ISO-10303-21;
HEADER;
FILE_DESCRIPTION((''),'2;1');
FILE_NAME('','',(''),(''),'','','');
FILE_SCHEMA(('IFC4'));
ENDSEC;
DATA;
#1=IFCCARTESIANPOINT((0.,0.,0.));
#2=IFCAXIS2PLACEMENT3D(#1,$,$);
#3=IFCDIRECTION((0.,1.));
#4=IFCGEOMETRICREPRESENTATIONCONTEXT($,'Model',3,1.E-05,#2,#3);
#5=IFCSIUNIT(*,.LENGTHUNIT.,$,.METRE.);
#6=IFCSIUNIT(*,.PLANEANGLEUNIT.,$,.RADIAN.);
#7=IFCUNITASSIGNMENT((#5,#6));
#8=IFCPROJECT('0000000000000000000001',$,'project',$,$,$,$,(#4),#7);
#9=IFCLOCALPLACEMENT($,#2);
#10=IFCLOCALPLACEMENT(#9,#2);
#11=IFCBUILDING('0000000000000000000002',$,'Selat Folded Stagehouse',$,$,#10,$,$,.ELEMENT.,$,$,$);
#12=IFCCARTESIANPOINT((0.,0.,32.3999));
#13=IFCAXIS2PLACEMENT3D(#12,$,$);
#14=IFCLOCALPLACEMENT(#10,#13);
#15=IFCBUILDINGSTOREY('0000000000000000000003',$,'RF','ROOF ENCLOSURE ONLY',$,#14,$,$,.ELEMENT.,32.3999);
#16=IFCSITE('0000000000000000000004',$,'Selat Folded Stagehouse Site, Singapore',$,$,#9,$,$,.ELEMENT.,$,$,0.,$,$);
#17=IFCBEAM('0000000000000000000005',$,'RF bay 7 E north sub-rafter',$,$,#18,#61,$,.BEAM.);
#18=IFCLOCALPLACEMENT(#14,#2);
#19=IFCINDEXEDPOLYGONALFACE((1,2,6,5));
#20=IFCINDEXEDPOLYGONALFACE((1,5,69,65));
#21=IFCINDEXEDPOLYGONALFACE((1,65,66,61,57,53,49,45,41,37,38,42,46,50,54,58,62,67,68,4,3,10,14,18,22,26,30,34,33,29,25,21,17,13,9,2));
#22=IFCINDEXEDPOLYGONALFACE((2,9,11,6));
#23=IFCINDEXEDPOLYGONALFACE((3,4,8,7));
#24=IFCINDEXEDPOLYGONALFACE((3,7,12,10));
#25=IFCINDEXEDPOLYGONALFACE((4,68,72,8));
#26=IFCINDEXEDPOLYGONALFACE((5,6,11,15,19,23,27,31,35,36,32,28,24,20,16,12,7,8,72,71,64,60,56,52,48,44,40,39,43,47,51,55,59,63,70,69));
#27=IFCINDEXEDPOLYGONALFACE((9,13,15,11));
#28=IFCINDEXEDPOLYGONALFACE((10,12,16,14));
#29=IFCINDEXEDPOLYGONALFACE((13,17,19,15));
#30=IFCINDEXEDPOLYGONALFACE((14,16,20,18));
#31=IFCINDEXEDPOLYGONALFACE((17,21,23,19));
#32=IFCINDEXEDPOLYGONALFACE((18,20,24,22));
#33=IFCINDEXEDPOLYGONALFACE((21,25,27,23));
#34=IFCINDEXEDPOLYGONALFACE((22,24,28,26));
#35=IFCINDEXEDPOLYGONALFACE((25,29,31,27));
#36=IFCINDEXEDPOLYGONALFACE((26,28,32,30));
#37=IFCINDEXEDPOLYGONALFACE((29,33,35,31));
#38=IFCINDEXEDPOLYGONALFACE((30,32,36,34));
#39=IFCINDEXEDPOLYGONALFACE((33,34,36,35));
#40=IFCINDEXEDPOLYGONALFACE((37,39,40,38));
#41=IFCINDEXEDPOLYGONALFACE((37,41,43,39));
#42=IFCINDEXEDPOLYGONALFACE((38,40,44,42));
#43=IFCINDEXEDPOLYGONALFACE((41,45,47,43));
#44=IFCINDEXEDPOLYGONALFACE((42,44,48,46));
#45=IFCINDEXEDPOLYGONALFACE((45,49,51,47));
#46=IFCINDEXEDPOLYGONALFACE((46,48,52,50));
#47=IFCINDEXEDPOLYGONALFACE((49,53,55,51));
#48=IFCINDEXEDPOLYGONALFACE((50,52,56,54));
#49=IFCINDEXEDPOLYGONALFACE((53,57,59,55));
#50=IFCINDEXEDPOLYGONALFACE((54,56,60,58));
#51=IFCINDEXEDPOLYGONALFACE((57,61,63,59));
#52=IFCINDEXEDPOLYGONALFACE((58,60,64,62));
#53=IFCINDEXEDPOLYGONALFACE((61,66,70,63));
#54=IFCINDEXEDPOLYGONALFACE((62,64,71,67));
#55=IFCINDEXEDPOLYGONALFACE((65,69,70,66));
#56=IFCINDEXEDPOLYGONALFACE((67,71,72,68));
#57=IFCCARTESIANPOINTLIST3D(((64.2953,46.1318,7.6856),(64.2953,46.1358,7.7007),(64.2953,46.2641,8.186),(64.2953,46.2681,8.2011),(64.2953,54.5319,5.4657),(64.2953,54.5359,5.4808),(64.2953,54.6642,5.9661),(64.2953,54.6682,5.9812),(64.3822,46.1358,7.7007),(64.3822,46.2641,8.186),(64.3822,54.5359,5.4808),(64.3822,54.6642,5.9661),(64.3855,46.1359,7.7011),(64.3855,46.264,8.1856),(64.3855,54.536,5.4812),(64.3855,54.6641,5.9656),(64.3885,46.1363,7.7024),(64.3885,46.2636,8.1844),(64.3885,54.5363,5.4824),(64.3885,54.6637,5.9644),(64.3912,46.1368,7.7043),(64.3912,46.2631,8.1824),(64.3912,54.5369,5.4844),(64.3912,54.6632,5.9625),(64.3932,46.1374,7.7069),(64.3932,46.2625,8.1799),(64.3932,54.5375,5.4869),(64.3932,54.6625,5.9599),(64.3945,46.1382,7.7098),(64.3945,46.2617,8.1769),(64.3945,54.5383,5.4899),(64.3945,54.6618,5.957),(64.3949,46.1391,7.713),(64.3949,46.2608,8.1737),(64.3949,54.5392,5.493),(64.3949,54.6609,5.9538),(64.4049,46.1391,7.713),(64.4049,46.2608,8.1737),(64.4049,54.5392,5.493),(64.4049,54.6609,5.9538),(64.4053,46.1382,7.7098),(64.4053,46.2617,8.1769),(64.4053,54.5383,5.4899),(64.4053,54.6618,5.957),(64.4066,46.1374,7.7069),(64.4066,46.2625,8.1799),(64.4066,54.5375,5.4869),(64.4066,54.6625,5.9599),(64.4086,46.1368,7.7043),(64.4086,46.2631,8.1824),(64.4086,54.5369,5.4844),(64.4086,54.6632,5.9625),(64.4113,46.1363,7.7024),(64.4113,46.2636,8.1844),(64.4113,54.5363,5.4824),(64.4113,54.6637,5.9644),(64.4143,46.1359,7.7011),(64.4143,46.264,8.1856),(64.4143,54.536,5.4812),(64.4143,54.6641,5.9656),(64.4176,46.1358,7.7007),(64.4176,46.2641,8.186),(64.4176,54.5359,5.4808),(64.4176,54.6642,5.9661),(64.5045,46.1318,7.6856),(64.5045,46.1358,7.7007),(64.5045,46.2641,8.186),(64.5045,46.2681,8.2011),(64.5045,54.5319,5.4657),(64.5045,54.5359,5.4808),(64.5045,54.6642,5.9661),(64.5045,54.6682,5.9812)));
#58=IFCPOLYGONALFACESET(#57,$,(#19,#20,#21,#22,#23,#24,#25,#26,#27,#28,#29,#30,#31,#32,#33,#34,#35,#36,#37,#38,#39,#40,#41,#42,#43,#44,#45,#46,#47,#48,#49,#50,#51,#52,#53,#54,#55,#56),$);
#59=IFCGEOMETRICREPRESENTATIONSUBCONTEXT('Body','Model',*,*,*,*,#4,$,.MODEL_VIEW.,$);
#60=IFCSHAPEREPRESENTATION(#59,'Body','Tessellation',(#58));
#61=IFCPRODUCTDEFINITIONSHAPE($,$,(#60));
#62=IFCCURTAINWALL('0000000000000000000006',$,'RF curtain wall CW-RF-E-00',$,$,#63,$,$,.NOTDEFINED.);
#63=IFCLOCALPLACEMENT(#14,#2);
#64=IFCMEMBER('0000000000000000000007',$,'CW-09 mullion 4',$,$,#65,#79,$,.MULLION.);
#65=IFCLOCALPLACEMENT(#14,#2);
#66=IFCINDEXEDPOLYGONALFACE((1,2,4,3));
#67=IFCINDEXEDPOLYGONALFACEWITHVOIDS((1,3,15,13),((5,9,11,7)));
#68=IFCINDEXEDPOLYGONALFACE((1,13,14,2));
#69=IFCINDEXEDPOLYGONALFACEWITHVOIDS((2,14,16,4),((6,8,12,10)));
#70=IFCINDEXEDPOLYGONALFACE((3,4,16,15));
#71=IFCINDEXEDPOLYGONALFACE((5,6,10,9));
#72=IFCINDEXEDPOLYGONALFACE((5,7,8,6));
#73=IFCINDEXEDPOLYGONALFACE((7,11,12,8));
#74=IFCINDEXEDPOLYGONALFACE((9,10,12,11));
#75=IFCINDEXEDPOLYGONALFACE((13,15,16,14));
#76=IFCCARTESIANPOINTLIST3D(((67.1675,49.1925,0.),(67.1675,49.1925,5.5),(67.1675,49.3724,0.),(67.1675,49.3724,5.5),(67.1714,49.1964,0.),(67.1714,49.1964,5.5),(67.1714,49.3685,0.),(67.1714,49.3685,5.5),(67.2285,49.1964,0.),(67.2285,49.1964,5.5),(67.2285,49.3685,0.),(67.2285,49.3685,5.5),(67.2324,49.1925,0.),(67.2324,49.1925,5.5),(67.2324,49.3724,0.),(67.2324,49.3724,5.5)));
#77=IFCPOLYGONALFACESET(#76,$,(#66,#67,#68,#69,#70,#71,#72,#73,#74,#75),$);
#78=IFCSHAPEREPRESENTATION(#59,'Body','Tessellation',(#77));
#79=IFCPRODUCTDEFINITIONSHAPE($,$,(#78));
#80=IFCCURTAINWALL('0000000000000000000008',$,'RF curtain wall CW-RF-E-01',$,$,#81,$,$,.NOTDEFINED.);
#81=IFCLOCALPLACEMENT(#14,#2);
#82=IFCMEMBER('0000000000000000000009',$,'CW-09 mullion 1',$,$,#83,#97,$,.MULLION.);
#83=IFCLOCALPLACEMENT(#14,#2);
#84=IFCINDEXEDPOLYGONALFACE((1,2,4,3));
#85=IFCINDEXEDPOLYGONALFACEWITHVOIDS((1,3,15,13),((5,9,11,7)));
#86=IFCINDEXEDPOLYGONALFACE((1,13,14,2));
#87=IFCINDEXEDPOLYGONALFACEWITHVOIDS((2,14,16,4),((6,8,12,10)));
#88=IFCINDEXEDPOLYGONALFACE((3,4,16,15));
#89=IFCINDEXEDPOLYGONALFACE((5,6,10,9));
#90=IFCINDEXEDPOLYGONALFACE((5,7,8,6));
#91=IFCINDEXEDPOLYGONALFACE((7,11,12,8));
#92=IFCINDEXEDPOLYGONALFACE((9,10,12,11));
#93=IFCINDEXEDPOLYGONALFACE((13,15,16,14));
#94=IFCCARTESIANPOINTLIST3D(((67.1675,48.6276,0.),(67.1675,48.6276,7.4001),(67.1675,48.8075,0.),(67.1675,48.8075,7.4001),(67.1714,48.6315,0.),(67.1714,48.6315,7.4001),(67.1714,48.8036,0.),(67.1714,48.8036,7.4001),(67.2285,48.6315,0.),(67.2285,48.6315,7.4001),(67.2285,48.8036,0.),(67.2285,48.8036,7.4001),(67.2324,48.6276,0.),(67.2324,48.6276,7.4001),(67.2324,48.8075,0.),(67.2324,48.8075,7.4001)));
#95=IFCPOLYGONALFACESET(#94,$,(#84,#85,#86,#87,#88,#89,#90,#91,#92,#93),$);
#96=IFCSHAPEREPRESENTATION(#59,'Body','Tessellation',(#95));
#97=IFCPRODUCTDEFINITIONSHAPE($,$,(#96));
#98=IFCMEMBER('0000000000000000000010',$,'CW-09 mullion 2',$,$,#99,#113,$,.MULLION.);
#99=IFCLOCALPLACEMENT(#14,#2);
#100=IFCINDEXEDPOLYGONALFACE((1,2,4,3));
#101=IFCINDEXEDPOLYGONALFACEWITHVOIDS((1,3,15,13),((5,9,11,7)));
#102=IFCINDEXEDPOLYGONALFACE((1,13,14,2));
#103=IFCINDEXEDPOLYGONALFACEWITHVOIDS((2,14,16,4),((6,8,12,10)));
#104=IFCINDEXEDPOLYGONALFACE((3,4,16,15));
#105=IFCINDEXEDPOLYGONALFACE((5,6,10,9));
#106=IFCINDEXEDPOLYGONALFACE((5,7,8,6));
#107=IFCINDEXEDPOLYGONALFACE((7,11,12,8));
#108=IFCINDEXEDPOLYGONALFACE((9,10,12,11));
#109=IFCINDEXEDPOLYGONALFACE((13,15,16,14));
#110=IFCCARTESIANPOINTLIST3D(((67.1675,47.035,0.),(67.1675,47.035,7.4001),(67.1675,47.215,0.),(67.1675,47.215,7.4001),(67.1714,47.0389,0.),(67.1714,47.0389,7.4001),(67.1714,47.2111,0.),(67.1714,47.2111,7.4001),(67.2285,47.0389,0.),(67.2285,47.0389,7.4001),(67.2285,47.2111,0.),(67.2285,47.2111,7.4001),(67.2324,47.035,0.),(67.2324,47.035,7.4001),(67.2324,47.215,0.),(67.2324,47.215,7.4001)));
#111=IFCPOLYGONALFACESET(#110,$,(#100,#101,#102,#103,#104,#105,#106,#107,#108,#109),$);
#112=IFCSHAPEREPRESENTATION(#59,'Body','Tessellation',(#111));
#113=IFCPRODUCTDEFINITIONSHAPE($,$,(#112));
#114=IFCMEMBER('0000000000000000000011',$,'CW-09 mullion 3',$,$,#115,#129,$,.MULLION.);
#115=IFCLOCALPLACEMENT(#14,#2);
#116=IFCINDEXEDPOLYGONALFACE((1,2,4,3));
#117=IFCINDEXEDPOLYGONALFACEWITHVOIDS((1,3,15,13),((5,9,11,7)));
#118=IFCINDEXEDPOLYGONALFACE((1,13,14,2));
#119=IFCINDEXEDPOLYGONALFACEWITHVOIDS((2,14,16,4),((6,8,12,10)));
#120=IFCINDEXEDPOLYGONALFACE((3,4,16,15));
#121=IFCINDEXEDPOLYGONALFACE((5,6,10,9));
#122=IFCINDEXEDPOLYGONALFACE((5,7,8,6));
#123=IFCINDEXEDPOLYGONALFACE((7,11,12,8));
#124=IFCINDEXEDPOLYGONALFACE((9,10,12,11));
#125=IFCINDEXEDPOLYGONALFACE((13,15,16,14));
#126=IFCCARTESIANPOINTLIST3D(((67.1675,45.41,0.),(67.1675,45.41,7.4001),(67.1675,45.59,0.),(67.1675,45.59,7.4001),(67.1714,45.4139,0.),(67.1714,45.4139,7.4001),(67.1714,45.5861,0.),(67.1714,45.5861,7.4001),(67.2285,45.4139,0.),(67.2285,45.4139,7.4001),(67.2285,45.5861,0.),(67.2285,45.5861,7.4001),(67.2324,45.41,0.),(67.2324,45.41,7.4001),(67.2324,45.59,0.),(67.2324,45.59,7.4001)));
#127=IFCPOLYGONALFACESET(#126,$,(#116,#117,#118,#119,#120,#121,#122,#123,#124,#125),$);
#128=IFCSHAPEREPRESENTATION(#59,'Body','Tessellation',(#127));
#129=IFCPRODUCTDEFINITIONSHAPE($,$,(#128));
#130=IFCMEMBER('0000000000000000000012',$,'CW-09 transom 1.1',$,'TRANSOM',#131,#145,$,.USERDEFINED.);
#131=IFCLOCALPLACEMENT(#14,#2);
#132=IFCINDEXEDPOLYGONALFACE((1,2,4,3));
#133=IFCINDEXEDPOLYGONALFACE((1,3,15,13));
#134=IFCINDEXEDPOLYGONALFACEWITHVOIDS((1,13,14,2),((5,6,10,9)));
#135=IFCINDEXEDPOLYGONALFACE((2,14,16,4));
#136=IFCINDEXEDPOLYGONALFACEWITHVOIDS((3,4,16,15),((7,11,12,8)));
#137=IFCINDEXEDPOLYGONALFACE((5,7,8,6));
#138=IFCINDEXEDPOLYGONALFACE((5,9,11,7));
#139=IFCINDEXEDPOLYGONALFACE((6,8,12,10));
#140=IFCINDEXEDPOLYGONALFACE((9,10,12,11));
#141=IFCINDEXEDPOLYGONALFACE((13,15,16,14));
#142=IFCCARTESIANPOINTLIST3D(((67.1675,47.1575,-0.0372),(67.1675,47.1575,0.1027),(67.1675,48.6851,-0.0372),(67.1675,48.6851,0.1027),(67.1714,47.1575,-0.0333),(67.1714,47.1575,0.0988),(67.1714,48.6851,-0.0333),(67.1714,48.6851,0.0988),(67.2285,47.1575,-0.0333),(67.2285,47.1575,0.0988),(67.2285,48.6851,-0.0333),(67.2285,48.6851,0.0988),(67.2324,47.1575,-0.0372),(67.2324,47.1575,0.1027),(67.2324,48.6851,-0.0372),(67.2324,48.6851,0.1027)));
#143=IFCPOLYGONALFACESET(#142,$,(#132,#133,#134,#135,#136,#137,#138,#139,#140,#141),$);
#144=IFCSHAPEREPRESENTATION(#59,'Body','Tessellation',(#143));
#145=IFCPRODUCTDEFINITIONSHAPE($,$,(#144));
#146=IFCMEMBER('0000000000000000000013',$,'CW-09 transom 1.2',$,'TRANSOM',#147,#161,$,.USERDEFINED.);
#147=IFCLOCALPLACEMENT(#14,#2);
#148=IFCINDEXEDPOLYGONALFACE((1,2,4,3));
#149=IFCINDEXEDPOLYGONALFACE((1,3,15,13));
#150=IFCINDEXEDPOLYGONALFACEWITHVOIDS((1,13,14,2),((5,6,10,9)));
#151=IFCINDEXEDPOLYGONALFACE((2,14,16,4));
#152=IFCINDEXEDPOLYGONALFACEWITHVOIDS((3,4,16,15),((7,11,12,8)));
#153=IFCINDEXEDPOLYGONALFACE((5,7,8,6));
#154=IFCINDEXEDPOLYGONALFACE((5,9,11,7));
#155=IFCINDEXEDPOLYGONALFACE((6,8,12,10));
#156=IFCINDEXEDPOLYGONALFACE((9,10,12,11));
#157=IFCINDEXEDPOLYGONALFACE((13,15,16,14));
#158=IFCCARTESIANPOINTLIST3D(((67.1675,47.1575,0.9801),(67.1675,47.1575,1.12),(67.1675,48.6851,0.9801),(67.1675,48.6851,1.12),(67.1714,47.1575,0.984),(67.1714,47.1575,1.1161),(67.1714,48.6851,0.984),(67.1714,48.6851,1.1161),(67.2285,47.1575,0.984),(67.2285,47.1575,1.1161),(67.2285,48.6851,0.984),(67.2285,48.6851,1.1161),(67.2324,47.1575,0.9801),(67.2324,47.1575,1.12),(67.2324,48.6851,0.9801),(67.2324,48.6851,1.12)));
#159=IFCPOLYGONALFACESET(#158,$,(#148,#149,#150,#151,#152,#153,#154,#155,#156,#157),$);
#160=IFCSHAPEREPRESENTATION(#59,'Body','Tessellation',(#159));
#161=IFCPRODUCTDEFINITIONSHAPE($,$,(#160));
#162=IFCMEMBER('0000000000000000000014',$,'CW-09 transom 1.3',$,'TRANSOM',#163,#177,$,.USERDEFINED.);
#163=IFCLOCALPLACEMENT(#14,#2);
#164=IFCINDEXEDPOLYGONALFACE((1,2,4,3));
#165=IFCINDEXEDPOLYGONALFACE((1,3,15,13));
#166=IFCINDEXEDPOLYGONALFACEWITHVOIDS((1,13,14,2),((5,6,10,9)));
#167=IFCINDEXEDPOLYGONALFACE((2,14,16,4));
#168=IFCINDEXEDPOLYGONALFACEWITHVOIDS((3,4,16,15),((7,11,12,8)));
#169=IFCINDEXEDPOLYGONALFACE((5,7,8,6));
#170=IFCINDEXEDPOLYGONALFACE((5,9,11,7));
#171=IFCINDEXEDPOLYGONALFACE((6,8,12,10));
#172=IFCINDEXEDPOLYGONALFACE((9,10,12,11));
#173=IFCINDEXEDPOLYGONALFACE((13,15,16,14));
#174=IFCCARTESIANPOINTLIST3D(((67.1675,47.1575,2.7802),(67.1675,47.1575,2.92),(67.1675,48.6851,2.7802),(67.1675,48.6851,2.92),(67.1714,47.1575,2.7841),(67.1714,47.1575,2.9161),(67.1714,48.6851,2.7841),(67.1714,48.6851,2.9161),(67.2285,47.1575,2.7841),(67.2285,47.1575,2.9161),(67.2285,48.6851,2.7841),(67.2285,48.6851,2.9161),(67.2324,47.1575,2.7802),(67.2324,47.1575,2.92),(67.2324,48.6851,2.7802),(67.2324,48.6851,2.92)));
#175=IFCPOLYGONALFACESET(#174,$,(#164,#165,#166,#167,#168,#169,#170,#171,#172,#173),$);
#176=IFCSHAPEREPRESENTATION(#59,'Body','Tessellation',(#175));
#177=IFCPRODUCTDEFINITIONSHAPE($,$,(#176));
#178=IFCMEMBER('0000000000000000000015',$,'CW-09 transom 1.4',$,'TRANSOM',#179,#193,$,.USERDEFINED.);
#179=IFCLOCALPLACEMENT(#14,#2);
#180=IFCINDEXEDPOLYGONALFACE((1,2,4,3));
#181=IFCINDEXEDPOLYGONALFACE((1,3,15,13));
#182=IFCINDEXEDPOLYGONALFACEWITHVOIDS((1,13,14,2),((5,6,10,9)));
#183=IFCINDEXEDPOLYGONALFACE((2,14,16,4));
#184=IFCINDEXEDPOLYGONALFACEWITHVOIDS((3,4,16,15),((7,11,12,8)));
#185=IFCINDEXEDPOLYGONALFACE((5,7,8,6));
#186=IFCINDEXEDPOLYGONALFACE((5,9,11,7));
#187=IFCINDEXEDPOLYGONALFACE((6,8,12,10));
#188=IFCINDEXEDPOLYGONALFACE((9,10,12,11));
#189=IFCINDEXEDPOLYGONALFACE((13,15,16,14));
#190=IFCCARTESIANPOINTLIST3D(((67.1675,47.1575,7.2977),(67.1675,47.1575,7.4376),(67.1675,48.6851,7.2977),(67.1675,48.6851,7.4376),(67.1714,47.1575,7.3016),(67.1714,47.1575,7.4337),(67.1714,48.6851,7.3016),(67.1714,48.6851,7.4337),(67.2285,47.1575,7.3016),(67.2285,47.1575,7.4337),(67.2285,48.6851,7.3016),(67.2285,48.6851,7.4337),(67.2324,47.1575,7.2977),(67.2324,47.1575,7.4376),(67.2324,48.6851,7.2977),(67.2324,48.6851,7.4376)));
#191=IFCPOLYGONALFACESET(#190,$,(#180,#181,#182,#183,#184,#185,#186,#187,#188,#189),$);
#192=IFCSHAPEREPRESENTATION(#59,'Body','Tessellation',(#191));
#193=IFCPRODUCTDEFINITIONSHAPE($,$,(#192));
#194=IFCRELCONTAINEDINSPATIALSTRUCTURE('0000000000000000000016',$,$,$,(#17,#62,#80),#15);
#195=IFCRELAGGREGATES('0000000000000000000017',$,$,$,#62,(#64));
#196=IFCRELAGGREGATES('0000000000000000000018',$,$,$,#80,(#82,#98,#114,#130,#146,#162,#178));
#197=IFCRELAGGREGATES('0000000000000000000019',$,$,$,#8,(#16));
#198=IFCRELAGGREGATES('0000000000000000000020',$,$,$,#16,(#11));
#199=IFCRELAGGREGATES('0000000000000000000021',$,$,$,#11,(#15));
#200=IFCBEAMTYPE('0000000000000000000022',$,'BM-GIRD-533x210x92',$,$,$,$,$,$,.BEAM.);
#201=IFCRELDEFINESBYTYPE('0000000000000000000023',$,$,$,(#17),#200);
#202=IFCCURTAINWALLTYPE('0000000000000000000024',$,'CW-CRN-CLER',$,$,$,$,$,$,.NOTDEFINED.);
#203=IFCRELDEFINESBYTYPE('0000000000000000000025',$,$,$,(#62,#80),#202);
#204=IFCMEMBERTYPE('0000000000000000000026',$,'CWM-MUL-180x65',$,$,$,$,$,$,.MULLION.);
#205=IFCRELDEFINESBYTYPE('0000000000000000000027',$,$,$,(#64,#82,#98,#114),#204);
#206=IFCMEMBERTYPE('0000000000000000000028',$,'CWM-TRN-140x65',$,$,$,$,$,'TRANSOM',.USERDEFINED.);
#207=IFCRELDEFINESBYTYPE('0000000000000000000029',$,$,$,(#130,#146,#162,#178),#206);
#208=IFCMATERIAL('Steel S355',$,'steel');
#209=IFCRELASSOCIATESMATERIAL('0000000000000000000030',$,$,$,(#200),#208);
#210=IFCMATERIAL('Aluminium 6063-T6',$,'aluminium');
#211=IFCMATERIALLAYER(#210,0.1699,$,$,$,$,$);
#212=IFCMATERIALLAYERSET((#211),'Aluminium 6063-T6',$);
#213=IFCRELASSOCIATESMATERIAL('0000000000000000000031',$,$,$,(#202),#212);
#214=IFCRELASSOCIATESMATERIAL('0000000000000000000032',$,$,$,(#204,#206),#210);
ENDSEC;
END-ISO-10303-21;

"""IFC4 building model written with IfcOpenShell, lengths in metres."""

from ifc_helpers import new_model, si_unit, direction, frame, origin, origin_2d, place, context, subcontext, project, spatial, hollow_rectangle, i_section, extrude, material, layer, layer_set, material_profile, profile_set, type_object, element, aggregate, save


model = new_model("IFC4")

# Units and contexts
model_context = context("Model", 3, precision=1e-05, world=origin(), true_north=direction((0.0, 1.0)))
body_context = subcontext(model_context, "Body", "Model", "MODEL_VIEW")
ifc_project = project(units=[si_unit("LENGTHUNIT", "METRE"), si_unit("PLANEANGLEUNIT", "RADIAN")], contexts=[model_context])

# Site, building, storey
site_placement = place(None, origin())
site = spatial("IfcSite", under=ifc_project, at=site_placement, Name="Selat Folded Stagehouse Site, Singapore", CompositionType="ELEMENT", RefElevation=0.0)
building_placement = place(site_placement, origin())
building = spatial("IfcBuilding", under=site, at=building_placement, Name="Selat Folded Stagehouse", CompositionType="ELEMENT")
storey_placement = place(building_placement, frame((0.0, 0.0, 32.3999)))
storey = spatial("IfcBuildingStorey", under=building, at=storey_placement, Name="RF", Description="ROOF ENCLOSURE ONLY", CompositionType="ELEMENT", Elevation=32.3999)

# Beam
ifc_material_1 = material(Name="Steel S355", Category="steel")
ifc_material_profile_1 = material_profile(ifc_material_1, i_section(OverallWidth=0.2092, OverallDepth=0.5332, WebThickness=0.01, FlangeThickness=0.0156, FilletRadius=0.0127, at=origin_2d()), Name="UKB 533x210x92")
ifc_profile_set_1 = profile_set([ifc_material_profile_1], Name="Steel S355")
beam_type_1 = type_object("IfcBeamType", Name="BM-GIRD-533x210x92", PredefinedType="BEAM", material=ifc_profile_set_1)
for number, where, z_axis, x_axis, name in (
    (1, (64.3999, 46.2, 7.9434), (0.0, 0.966808, -0.255506), (-1.0, 0.0, 0.0), "RF bay 7 E north sub-rafter"),
):
    element("IfcBeam", number, at=place(storey_placement, frame(where, z_axis=z_axis, x_axis=x_axis)), inside=storey, type_object=beam_type_1, Name=name, PredefinedType="BEAM", context=body_context, shape_type="SweptSolid", body=[
        extrude(i_section(OverallWidth=0.2092, OverallDepth=0.5332, WebThickness=0.01, FlangeThickness=0.0156, FilletRadius=0.0127, at=origin_2d()), origin(), (0.0, 0.0, 1.0), 8.6885),
    ])

# Curtain wall, member
ifc_material_2 = material(Name="Aluminium 6063-T6", Category="aluminium")
ifc_layer_1 = layer(ifc_material_2, 0.1699)
ifc_layer_set_1 = layer_set([ifc_layer_1], Name="Aluminium 6063-T6")
curtain_wall_type = type_object("IfcCurtainWallType", Name="CW-CRN-CLER", PredefinedType="NOTDEFINED", material=ifc_layer_set_1)
curtain_wall_1_placement = place(storey_placement, origin())
curtain_wall_1 = element("IfcCurtainWall", 2, at=curtain_wall_1_placement, inside=storey, type_object=curtain_wall_type, Name="RF curtain wall CW-RF-E-00", PredefinedType="NOTDEFINED")
ifc_material_profile_2 = material_profile(ifc_material_2, hollow_rectangle(XDim=0.0649, YDim=0.1799, WallThickness=0.0039, at=origin_2d()), Name="ALU 180x65x4.0")
ifc_profile_set_2 = profile_set([ifc_material_profile_2], Name="Aluminium 6063-T6")
member_type_1 = type_object("IfcMemberType", Name="CWM-MUL-180x65", PredefinedType="MULLION", material=ifc_profile_set_2)
member_1_placement = place(storey_placement, frame((67.2, 49.2825, 0.0), z_axis=(0.0, 0.0, 1.0), x_axis=(1.0, 0.0, 0.0)))
member_1 = element("IfcMember", 3, at=member_1_placement, type_object=member_type_1, Name="CW-09 mullion 4", PredefinedType="MULLION", context=body_context, shape_type="SweptSolid", body=[
    extrude(hollow_rectangle(XDim=0.0649, YDim=0.1799, WallThickness=0.0039, at=origin_2d()), origin(), (0.0, 0.0, 1.0), 5.5),
])
aggregate(curtain_wall_1, [member_1])

# Curtain wall, members
curtain_wall_2_placement = place(storey_placement, origin())
curtain_wall_2 = element("IfcCurtainWall", 4, at=curtain_wall_2_placement, inside=storey, type_object=curtain_wall_type, Name="RF curtain wall CW-RF-E-01", PredefinedType="NOTDEFINED")
member_2_placement = place(storey_placement, frame((67.2, 48.7175, 0.0), z_axis=(0.0, 0.0, 1.0), x_axis=(1.0, 0.0, 0.0)))
member_2 = element("IfcMember", 5, at=member_2_placement, type_object=member_type_1, Name="CW-09 mullion 1", PredefinedType="MULLION", context=body_context, shape_type="SweptSolid", body=[
    extrude(hollow_rectangle(XDim=0.0649, YDim=0.1799, WallThickness=0.0039, at=origin_2d()), origin(), (0.0, 0.0, 1.0), 7.4001),
])
member_3_placement = place(storey_placement, frame((67.2, 47.125, 0.0), z_axis=(0.0, 0.0, 1.0), x_axis=(1.0, 0.0, 0.0)))
member_3 = element("IfcMember", 6, at=member_3_placement, type_object=member_type_1, Name="CW-09 mullion 2", PredefinedType="MULLION", context=body_context, shape_type="SweptSolid", body=[
    extrude(hollow_rectangle(XDim=0.0649, YDim=0.1799, WallThickness=0.0039, at=origin_2d()), origin(), (0.0, 0.0, 1.0), 7.4001),
])
member_4_placement = place(storey_placement, frame((67.2, 45.5, 0.0), z_axis=(0.0, 0.0, 1.0), x_axis=(1.0, 0.0, 0.0)))
member_4 = element("IfcMember", 7, at=member_4_placement, type_object=member_type_1, Name="CW-09 mullion 3", PredefinedType="MULLION", context=body_context, shape_type="SweptSolid", body=[
    extrude(hollow_rectangle(XDim=0.0649, YDim=0.1799, WallThickness=0.0039, at=origin_2d()), origin(), (0.0, 0.0, 1.0), 7.4001),
])
ifc_material_profile_3 = material_profile(ifc_material_2, hollow_rectangle(XDim=0.0649, YDim=0.1399, WallThickness=0.0039, at=origin_2d()), Name="ALU 140x65x4.0")
ifc_profile_set_3 = profile_set([ifc_material_profile_3], Name="Aluminium 6063-T6")
member_type_2 = type_object("IfcMemberType", Name="CWM-TRN-140x65", ElementType="TRANSOM", PredefinedType="USERDEFINED", material=ifc_profile_set_3)
member_5_placement = place(storey_placement, frame((67.2, 48.6851, 0.0327), z_axis=(0.0, -1.0, 0.0), x_axis=(1.0, 0.0, 0.0)))
member_5 = element("IfcMember", 8, at=member_5_placement, type_object=member_type_2, Name="CW-09 transom 1.1", ObjectType="TRANSOM", PredefinedType="USERDEFINED", context=body_context, shape_type="SweptSolid", body=[
    extrude(hollow_rectangle(XDim=0.0649, YDim=0.1399, WallThickness=0.0039, at=origin_2d()), origin(), (0.0, 0.0, 1.0), 1.5276),
])
member_6_placement = place(storey_placement, frame((67.2, 48.6851, 1.05), z_axis=(0.0, -1.0, 0.0), x_axis=(1.0, 0.0, 0.0)))
member_6 = element("IfcMember", 9, at=member_6_placement, type_object=member_type_2, Name="CW-09 transom 1.2", ObjectType="TRANSOM", PredefinedType="USERDEFINED", context=body_context, shape_type="SweptSolid", body=[
    extrude(hollow_rectangle(XDim=0.0649, YDim=0.1399, WallThickness=0.0039, at=origin_2d()), origin(), (0.0, 0.0, 1.0), 1.5276),
])
member_7_placement = place(storey_placement, frame((67.2, 48.6851, 2.8501), z_axis=(0.0, -1.0, 0.0), x_axis=(1.0, 0.0, 0.0)))
member_7 = element("IfcMember", 10, at=member_7_placement, type_object=member_type_2, Name="CW-09 transom 1.3", ObjectType="TRANSOM", PredefinedType="USERDEFINED", context=body_context, shape_type="SweptSolid", body=[
    extrude(hollow_rectangle(XDim=0.0649, YDim=0.1399, WallThickness=0.0039, at=origin_2d()), origin(), (0.0, 0.0, 1.0), 1.5276),
])
member_8_placement = place(storey_placement, frame((67.2, 48.6851, 7.3677), z_axis=(0.0, -1.0, 0.0), x_axis=(1.0, 0.0, 0.0)))
member_8 = element("IfcMember", 11, at=member_8_placement, type_object=member_type_2, Name="CW-09 transom 1.4", ObjectType="TRANSOM", PredefinedType="USERDEFINED", context=body_context, shape_type="SweptSolid", body=[
    extrude(hollow_rectangle(XDim=0.0649, YDim=0.1399, WallThickness=0.0039, at=origin_2d()), origin(), (0.0, 0.0, 1.0), 1.5276),
])

aggregate(curtain_wall_2, [member_2, member_3, member_4, member_5, member_6, member_7, member_8])

save(model, "model.ifc")
